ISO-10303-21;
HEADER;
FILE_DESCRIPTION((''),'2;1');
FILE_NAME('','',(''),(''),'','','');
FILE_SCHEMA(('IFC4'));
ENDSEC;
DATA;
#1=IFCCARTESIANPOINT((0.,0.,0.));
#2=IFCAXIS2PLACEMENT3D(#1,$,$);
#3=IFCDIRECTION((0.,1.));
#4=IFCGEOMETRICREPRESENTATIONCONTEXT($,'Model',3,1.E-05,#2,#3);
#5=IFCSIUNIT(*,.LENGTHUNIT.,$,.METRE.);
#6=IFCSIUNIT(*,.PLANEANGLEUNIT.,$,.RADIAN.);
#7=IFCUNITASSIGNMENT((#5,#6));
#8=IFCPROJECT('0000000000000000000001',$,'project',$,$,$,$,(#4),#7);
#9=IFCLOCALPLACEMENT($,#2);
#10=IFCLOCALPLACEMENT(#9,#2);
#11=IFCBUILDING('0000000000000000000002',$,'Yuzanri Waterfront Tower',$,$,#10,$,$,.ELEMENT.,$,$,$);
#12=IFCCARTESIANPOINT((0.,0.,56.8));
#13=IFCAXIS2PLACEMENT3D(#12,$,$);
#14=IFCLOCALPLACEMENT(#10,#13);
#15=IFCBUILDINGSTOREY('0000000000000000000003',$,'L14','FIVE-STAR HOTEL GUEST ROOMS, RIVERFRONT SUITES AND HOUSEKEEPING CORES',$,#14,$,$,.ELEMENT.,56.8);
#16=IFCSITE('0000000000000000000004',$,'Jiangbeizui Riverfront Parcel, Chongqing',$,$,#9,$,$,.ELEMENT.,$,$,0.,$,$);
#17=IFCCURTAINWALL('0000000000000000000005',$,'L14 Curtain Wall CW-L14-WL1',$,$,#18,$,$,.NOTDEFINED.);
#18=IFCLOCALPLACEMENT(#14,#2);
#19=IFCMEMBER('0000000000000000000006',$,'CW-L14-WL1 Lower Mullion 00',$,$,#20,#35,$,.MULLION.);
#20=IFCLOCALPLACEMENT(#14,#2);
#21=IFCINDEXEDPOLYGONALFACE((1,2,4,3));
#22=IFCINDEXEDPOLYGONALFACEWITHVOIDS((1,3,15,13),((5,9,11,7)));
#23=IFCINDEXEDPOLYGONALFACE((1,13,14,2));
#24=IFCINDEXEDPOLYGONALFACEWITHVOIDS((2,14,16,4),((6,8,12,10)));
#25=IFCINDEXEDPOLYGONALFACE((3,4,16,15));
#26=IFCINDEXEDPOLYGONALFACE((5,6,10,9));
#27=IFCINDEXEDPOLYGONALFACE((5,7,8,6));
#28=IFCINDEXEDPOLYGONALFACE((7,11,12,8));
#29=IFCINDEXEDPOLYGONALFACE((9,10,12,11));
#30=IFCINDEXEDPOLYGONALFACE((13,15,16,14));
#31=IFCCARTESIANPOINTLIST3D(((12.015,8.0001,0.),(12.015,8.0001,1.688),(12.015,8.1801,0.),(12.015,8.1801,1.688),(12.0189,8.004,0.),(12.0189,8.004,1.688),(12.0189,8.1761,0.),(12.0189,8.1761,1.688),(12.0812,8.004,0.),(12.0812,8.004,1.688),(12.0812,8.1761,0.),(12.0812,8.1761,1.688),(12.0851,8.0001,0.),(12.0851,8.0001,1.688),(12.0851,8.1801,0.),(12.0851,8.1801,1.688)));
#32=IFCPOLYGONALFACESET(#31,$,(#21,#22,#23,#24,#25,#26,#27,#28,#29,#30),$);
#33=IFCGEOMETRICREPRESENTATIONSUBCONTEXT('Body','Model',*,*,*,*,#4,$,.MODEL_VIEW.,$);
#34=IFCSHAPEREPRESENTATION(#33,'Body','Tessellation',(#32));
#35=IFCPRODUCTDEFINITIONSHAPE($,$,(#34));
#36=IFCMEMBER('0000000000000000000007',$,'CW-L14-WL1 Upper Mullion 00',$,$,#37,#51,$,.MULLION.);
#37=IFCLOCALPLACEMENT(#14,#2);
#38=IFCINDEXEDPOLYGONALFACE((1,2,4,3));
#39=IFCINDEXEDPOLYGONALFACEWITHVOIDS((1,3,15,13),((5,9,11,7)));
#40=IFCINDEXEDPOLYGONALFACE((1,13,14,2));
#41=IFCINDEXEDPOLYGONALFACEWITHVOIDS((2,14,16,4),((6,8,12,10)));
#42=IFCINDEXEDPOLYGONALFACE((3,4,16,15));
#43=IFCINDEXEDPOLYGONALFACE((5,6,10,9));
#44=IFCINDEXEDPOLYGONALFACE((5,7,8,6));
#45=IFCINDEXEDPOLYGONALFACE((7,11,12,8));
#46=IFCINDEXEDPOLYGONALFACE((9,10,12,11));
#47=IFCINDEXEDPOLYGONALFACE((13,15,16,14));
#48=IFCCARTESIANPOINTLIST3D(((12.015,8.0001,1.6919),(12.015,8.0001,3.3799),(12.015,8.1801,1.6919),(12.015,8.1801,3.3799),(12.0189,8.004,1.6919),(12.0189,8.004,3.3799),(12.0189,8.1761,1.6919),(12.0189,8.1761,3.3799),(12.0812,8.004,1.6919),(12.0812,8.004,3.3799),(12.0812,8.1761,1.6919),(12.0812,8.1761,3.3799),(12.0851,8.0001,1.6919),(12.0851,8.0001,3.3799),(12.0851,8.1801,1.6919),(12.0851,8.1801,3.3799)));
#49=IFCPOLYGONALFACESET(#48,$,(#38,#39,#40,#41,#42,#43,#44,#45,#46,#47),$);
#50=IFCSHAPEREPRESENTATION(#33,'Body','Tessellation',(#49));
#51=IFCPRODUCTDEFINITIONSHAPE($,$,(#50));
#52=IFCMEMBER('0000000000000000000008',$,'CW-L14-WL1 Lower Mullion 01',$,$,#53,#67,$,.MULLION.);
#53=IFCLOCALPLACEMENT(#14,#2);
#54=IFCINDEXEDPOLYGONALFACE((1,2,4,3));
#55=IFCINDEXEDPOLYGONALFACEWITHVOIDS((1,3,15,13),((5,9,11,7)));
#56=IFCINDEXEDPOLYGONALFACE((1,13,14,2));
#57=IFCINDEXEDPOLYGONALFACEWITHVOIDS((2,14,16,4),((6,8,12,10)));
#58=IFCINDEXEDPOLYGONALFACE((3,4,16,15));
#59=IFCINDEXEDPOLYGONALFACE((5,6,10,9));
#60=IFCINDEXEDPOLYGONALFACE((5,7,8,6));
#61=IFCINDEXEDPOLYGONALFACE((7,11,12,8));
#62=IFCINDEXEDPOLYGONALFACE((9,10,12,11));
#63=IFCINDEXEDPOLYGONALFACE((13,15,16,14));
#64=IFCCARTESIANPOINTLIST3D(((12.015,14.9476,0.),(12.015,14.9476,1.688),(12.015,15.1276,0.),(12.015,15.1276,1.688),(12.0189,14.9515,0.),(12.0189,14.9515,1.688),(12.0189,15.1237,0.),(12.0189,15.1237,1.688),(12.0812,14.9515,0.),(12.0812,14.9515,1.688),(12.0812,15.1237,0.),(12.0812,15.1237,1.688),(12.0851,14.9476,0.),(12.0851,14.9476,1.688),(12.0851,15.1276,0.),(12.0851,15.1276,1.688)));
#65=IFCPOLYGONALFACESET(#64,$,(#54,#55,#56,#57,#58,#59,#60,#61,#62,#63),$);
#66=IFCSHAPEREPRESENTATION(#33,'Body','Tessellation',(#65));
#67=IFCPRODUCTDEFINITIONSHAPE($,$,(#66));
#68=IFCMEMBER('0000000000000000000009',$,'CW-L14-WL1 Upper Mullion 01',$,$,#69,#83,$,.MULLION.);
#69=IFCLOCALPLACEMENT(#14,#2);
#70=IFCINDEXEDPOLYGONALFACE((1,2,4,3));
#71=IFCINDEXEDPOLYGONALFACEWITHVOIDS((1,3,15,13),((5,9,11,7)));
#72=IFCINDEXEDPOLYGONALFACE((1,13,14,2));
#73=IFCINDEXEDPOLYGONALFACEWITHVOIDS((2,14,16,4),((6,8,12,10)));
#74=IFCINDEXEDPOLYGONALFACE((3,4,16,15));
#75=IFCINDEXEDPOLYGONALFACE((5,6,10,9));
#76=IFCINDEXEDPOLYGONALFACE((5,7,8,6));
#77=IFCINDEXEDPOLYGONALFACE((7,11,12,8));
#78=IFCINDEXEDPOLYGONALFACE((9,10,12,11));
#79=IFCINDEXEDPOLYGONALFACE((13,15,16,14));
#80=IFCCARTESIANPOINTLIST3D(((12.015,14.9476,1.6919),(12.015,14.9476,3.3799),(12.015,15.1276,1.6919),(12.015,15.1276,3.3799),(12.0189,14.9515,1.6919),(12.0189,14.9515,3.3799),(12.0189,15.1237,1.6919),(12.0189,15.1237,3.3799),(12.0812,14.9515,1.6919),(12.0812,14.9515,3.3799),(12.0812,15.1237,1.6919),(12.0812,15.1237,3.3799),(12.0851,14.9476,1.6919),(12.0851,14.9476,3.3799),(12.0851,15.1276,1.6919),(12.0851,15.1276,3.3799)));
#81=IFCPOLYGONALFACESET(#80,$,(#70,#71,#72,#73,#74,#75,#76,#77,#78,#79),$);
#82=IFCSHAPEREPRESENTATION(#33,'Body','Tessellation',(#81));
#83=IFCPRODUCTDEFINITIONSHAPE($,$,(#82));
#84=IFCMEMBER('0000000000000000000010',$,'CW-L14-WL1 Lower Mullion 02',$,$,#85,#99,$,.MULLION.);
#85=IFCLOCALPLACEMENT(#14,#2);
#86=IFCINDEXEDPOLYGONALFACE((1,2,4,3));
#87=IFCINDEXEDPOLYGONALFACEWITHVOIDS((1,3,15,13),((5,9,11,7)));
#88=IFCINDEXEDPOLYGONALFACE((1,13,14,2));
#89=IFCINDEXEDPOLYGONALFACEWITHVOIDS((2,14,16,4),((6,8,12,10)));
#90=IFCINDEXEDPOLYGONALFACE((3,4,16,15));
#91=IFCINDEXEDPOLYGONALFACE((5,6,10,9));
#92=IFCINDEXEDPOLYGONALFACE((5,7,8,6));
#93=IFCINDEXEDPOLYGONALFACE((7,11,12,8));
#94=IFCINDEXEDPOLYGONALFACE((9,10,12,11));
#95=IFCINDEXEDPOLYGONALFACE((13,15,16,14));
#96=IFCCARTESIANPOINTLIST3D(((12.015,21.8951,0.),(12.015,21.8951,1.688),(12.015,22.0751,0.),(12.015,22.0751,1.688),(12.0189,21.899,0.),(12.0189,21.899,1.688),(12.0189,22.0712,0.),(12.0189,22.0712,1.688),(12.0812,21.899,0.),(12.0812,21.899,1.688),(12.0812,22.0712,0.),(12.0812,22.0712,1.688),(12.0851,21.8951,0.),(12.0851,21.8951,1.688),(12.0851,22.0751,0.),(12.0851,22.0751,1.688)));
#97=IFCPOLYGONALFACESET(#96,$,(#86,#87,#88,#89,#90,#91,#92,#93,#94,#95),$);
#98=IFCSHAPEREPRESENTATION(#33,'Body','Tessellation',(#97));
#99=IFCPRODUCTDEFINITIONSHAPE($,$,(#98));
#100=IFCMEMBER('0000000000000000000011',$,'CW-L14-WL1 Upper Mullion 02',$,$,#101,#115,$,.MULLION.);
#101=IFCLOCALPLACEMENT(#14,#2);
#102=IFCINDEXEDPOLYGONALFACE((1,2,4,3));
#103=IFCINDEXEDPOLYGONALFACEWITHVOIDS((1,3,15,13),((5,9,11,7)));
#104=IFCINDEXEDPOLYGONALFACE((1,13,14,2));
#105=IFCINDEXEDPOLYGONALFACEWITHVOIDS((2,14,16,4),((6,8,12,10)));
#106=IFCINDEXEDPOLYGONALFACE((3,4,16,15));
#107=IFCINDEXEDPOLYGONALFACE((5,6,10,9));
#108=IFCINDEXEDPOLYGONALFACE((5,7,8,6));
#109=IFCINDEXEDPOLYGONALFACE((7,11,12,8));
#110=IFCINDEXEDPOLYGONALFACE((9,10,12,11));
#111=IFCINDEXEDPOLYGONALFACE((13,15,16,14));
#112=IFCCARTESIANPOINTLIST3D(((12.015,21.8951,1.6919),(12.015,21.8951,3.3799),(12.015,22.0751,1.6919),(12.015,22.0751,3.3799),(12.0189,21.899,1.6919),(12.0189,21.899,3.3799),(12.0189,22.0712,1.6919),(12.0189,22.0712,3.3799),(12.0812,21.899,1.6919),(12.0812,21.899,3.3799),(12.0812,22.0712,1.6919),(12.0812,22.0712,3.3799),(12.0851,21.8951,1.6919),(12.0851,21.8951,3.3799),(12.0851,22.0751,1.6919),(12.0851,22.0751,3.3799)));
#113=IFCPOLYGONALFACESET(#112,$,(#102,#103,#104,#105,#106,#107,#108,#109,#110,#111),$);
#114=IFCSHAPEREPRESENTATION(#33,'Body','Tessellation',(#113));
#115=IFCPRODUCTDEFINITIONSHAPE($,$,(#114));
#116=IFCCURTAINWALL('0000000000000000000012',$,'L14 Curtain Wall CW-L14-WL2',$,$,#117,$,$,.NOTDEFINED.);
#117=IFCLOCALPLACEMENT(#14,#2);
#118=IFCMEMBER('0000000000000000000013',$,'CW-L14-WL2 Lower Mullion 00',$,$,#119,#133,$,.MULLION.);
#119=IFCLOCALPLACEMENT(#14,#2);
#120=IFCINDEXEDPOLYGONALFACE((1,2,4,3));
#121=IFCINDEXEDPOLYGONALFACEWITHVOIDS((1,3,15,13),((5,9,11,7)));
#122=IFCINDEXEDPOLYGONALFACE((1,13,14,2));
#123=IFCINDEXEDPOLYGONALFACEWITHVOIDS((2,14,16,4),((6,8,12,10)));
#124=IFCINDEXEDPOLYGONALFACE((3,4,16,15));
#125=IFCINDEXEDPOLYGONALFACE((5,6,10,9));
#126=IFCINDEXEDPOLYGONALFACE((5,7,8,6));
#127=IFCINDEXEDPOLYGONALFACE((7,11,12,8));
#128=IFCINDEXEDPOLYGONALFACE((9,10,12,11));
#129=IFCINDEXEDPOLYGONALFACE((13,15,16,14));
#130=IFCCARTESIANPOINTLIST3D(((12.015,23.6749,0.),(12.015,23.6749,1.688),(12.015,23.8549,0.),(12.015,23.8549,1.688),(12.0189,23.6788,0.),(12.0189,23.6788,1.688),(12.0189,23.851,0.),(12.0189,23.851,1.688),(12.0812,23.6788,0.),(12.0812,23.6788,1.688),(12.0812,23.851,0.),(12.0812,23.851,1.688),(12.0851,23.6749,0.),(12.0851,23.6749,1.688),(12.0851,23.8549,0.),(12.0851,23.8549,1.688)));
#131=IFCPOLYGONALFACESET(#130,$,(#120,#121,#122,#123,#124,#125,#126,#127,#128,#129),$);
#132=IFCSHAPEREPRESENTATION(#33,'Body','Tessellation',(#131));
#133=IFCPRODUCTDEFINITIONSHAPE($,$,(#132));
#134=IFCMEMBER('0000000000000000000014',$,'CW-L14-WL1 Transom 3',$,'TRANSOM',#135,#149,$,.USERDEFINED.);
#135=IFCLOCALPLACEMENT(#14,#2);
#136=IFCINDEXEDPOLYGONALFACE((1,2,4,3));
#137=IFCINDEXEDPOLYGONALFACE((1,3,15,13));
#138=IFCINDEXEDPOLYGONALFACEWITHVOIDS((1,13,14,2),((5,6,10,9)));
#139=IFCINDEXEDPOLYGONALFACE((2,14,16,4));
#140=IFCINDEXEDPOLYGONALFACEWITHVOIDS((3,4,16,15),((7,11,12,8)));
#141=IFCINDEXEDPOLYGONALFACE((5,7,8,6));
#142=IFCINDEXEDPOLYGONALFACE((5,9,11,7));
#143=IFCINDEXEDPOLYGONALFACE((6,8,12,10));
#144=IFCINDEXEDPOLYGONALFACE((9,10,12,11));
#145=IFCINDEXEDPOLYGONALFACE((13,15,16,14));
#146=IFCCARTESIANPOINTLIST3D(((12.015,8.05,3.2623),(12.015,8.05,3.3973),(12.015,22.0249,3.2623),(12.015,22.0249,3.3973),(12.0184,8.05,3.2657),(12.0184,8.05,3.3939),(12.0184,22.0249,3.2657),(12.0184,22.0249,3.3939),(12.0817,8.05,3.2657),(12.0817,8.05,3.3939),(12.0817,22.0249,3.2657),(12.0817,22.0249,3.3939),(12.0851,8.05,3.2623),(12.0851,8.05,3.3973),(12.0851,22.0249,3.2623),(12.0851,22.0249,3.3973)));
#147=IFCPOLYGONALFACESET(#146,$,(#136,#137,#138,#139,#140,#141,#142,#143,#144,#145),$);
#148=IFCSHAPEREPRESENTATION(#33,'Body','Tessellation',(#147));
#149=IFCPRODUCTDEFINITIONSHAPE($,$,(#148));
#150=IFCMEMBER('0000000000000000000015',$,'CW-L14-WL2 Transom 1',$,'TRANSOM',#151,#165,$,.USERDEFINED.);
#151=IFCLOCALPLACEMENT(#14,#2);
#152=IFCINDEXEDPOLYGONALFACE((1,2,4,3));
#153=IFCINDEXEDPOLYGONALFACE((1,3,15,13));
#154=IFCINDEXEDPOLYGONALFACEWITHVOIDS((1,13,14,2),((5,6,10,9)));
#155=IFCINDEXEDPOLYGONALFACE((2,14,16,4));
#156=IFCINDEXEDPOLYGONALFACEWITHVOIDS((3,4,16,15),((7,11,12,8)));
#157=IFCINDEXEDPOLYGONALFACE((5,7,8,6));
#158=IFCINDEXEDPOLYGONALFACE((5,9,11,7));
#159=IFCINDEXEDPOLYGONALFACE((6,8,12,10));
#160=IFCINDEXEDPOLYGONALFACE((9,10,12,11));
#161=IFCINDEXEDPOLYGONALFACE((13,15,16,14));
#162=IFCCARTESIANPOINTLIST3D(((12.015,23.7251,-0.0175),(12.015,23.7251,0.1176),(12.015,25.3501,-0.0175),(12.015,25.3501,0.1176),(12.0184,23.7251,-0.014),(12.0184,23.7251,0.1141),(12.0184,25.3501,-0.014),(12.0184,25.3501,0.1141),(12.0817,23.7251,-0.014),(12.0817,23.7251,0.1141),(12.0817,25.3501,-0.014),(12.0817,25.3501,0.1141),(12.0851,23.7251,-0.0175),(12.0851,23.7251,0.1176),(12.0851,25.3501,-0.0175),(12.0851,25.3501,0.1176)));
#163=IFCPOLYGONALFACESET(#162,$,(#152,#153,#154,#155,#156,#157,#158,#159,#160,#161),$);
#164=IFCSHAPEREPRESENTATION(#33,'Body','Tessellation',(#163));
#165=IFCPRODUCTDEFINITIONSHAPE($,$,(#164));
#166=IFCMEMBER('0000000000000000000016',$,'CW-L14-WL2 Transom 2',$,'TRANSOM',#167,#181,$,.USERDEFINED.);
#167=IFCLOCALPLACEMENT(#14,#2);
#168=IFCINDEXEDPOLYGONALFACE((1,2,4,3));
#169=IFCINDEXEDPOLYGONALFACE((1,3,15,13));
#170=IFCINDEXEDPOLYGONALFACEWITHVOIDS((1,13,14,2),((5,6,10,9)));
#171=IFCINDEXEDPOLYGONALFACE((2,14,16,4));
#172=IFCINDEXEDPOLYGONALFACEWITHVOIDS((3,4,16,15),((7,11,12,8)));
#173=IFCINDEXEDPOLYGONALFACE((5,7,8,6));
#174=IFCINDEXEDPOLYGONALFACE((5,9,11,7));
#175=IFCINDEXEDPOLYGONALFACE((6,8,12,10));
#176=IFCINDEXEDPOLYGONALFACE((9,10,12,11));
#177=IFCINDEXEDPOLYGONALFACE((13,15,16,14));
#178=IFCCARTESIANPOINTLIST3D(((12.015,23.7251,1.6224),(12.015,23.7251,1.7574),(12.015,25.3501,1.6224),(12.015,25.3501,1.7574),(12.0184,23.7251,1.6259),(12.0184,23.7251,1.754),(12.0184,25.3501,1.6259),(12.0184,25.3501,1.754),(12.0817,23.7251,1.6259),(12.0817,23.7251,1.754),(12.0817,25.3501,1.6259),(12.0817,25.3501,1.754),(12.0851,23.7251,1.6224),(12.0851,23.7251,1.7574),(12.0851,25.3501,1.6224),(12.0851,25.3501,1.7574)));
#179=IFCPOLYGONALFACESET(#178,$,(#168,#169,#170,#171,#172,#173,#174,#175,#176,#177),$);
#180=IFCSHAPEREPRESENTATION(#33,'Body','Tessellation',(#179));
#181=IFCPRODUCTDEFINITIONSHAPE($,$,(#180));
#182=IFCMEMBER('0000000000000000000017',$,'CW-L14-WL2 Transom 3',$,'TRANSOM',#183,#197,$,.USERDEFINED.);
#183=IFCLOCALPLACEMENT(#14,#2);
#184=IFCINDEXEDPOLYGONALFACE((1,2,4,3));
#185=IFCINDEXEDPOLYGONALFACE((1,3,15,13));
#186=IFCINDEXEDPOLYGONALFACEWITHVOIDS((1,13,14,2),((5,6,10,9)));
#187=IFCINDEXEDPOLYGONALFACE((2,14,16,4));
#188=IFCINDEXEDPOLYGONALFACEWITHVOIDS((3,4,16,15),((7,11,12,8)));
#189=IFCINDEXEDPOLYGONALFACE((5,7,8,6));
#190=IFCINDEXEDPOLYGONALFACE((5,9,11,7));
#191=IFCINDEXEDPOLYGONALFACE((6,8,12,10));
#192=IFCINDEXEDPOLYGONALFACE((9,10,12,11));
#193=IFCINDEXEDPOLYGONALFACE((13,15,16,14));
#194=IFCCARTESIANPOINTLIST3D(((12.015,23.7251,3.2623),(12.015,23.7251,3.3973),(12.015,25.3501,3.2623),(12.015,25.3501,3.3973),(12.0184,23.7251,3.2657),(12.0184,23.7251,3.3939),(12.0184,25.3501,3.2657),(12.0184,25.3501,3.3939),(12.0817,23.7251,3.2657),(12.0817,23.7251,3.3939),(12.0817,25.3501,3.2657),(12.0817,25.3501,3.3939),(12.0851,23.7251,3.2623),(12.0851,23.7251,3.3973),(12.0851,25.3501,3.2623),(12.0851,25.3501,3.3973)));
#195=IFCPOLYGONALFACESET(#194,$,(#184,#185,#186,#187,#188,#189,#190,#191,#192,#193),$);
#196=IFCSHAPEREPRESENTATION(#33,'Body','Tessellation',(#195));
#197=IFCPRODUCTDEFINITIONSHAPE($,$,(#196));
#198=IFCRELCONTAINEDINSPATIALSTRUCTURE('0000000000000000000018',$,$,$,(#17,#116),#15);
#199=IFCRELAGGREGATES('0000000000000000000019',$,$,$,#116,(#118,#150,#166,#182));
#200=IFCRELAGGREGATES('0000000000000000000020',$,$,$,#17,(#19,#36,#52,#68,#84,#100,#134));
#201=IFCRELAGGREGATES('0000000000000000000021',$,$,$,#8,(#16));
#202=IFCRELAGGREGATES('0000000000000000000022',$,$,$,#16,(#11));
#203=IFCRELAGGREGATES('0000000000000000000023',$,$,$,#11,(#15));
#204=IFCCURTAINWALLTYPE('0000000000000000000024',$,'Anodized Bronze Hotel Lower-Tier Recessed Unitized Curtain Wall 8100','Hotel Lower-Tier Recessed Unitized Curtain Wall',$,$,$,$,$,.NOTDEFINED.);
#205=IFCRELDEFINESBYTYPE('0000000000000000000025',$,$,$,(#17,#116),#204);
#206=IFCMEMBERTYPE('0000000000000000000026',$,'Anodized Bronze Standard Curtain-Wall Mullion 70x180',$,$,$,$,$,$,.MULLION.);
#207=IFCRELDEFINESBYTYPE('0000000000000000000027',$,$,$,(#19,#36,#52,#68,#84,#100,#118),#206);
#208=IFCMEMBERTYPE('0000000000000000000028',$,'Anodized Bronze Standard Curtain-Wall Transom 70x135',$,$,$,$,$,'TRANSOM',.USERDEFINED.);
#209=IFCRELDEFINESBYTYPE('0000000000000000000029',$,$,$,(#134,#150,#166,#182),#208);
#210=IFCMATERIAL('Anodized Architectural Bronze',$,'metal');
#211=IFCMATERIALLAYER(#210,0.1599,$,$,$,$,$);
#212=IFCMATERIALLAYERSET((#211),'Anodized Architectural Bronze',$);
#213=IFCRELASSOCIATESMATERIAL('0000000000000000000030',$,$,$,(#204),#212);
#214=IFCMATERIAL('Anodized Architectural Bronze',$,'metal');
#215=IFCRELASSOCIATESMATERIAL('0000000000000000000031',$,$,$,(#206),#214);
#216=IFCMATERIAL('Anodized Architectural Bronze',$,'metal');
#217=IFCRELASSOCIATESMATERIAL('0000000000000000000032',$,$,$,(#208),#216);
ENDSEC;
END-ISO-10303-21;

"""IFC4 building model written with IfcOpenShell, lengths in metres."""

from ifc_helpers import new_model, si_unit, direction, frame, origin, origin_2d, place, context, subcontext, project, spatial, hollow_rectangle, extrude, source, transform, mapped, material, layer, layer_set, material_profile, profile_set, type_object, element, aggregate, save


model = new_model("IFC4")

# Units and contexts
model_context = context("Model", 3, precision=1e-05, world=origin(), true_north=direction((0.0, 1.0)))
body_context = subcontext(model_context, "Body", "Model", "MODEL_VIEW")
ifc_project = project(units=[si_unit("LENGTHUNIT", "METRE"), si_unit("PLANEANGLEUNIT", "RADIAN")], contexts=[model_context])

# Site, building, storey
site_placement = place(None, origin())
site = spatial("IfcSite", under=ifc_project, at=site_placement, Name="Jiangbeizui Riverfront Parcel, Chongqing", CompositionType="ELEMENT", RefElevation=0.0)
building_placement = place(site_placement, origin())
building = spatial("IfcBuilding", under=site, at=building_placement, Name="Yuzanri Waterfront Tower", CompositionType="ELEMENT")
storey_placement = place(building_placement, frame((0.0, 0.0, 56.8)))
storey = spatial("IfcBuildingStorey", under=building, at=storey_placement, Name="L14", Description="FIVE-STAR HOTEL GUEST ROOMS, RIVERFRONT SUITES AND HOUSEKEEPING CORES", CompositionType="ELEMENT", Elevation=56.8)

# Curtain wall, members
ifc_material_1 = material(Name="Anodized Architectural Bronze", Category="metal")
ifc_layer_1 = layer(ifc_material_1, 0.1599)
ifc_layer_set_1 = layer_set([ifc_layer_1], Name="Anodized Architectural Bronze")
curtain_wall_type = type_object("IfcCurtainWallType", Name="Anodized Bronze Hotel Lower-Tier Recessed Unitized Curtain Wall 8100", Description="Hotel Lower-Tier Recessed Unitized Curtain Wall", PredefinedType="NOTDEFINED", material=ifc_layer_set_1)
curtain_wall_1_placement = place(storey_placement, origin())
curtain_wall_1 = element("IfcCurtainWall", 1, at=curtain_wall_1_placement, inside=storey, type_object=curtain_wall_type, Name="L14 Curtain Wall CW-L14-WL1", PredefinedType="NOTDEFINED")
ifc_material_2 = material(Name="Anodized Architectural Bronze", Category="metal")
ifc_material_profile_1 = material_profile(ifc_material_2, hollow_rectangle(XDim=0.0701, YDim=0.1799, WallThickness=0.0039, at=origin_2d()), Name="CWM 70x180")
ifc_profile_set_1 = profile_set([ifc_material_profile_1], Name="Anodized Architectural Bronze")
member_type_1 = type_object("IfcMemberType", Name="Anodized Bronze Standard Curtain-Wall Mullion 70x180", PredefinedType="MULLION", material=ifc_profile_set_1)
shared_shape_1 = source(origin(), body_context, "Body", "SweptSolid", [
    extrude(hollow_rectangle(XDim=0.0701, YDim=0.1799, WallThickness=0.0039, at=origin_2d()), origin(), (0.0, 0.0, 1.0), 1.688),
])
member_1_placement = place(storey_placement, frame((12.05, 8.0901, 0.0), z_axis=(0.0, 0.0, 1.0), x_axis=(1.0, 0.0, 0.0)))
member_1 = element("IfcMember", 2, at=member_1_placement, type_object=member_type_1, Name="CW-L14-WL1 Lower Mullion 00", PredefinedType="MULLION", context=body_context, shape_type="MappedRepresentation", body=[
    mapped(shared_shape_1, transform((0.0, 0.0, 0.0), scale=1.0)),
])
member_2_placement = place(storey_placement, frame((12.05, 8.0901, 1.6919), z_axis=(0.0, 0.0, 1.0), x_axis=(1.0, 0.0, 0.0)))
member_2 = element("IfcMember", 3, at=member_2_placement, type_object=member_type_1, Name="CW-L14-WL1 Upper Mullion 00", PredefinedType="MULLION", context=body_context, shape_type="MappedRepresentation", body=[
    mapped(shared_shape_1, transform((0.0, 0.0, 0.0), scale=1.0)),
])
member_3_placement = place(storey_placement, frame((12.05, 15.0376, 0.0), z_axis=(0.0, 0.0, 1.0), x_axis=(1.0, 0.0, 0.0)))
member_3 = element("IfcMember", 4, at=member_3_placement, type_object=member_type_1, Name="CW-L14-WL1 Lower Mullion 01", PredefinedType="MULLION", context=body_context, shape_type="MappedRepresentation", body=[
    mapped(shared_shape_1, transform((0.0, 0.0, 0.0), scale=1.0)),
])
member_4_placement = place(storey_placement, frame((12.05, 15.0376, 1.6919), z_axis=(0.0, 0.0, 1.0), x_axis=(1.0, 0.0, 0.0)))
member_4 = element("IfcMember", 5, at=member_4_placement, type_object=member_type_1, Name="CW-L14-WL1 Upper Mullion 01", PredefinedType="MULLION", context=body_context, shape_type="MappedRepresentation", body=[
    mapped(shared_shape_1, transform((0.0, 0.0, 0.0), scale=1.0)),
])
member_5_placement = place(storey_placement, frame((12.05, 21.9851, 0.0), z_axis=(0.0, 0.0, 1.0), x_axis=(1.0, 0.0, 0.0)))
member_5 = element("IfcMember", 6, at=member_5_placement, type_object=member_type_1, Name="CW-L14-WL1 Lower Mullion 02", PredefinedType="MULLION", context=body_context, shape_type="MappedRepresentation", body=[
    mapped(shared_shape_1, transform((0.0, 0.0, 0.0), scale=1.0)),
])
member_6_placement = place(storey_placement, frame((12.05, 21.9851, 1.6919), z_axis=(0.0, 0.0, 1.0), x_axis=(1.0, 0.0, 0.0)))
member_6 = element("IfcMember", 7, at=member_6_placement, type_object=member_type_1, Name="CW-L14-WL1 Upper Mullion 02", PredefinedType="MULLION", context=body_context, shape_type="MappedRepresentation", body=[
    mapped(shared_shape_1, transform((0.0, 0.0, 0.0), scale=1.0)),
])

# Curtain wall, member
curtain_wall_2_placement = place(storey_placement, origin())
curtain_wall_2 = element("IfcCurtainWall", 8, at=curtain_wall_2_placement, inside=storey, type_object=curtain_wall_type, Name="L14 Curtain Wall CW-L14-WL2", PredefinedType="NOTDEFINED")
member_7_placement = place(storey_placement, frame((12.05, 23.7649, 0.0), z_axis=(0.0, 0.0, 1.0), x_axis=(1.0, 0.0, 0.0)))
member_7 = element("IfcMember", 9, at=member_7_placement, type_object=member_type_1, Name="CW-L14-WL2 Lower Mullion 00", PredefinedType="MULLION", context=body_context, shape_type="MappedRepresentation", body=[
    mapped(shared_shape_1, transform((0.0, 0.0, 0.0), scale=1.0)),
])

# Members
ifc_material_3 = material(Name="Anodized Architectural Bronze", Category="metal")
ifc_material_profile_2 = material_profile(ifc_material_3, hollow_rectangle(XDim=0.0701, YDim=0.135, WallThickness=0.0034, at=origin_2d()), Name="CWT 70x135")
ifc_profile_set_2 = profile_set([ifc_material_profile_2], Name="Anodized Architectural Bronze")
member_type_2 = type_object("IfcMemberType", Name="Anodized Bronze Standard Curtain-Wall Transom 70x135", ElementType="TRANSOM", PredefinedType="USERDEFINED", material=ifc_profile_set_2)
shared_shape_2 = source(origin(), body_context, "Body", "SweptSolid", [
    extrude(hollow_rectangle(XDim=0.0701, YDim=0.135, WallThickness=0.0034, at=origin_2d()), origin(), (0.0, 0.0, 1.0), 13.9749),
])
member_8_placement = place(storey_placement, frame((12.05, 8.05, 3.3298), z_axis=(0.0, 1.0, 0.0), x_axis=(-1.0, 0.0, 0.0)))
member_8 = element("IfcMember", 10, at=member_8_placement, type_object=member_type_2, Name="CW-L14-WL1 Transom 3", ObjectType="TRANSOM", PredefinedType="USERDEFINED", context=body_context, shape_type="MappedRepresentation", body=[
    mapped(shared_shape_2, transform((0.0, 0.0, 0.0), scale=1.0)),
])
shared_shape_3 = source(origin(), body_context, "Body", "SweptSolid", [
    extrude(hollow_rectangle(XDim=0.0701, YDim=0.135, WallThickness=0.0034, at=origin_2d()), origin(), (0.0, 0.0, 1.0), 1.625),
])
member_9_placement = place(storey_placement, frame((12.05, 23.7251, 0.05), z_axis=(0.0, 1.0, 0.0), x_axis=(-1.0, 0.0, 0.0)))
member_9 = element("IfcMember", 11, at=member_9_placement, type_object=member_type_2, Name="CW-L14-WL2 Transom 1", ObjectType="TRANSOM", PredefinedType="USERDEFINED", context=body_context, shape_type="MappedRepresentation", body=[
    mapped(shared_shape_3, transform((0.0, 0.0, 0.0), scale=1.0)),
])
member_10_placement = place(storey_placement, frame((12.05, 23.7251, 1.6899), z_axis=(0.0, 1.0, 0.0), x_axis=(-1.0, 0.0, 0.0)))
member_10 = element("IfcMember", 12, at=member_10_placement, type_object=member_type_2, Name="CW-L14-WL2 Transom 2", ObjectType="TRANSOM", PredefinedType="USERDEFINED", context=body_context, shape_type="MappedRepresentation", body=[
    mapped(shared_shape_3, transform((0.0, 0.0, 0.0), scale=1.0)),
])
member_11_placement = place(storey_placement, frame((12.05, 23.7251, 3.3298), z_axis=(0.0, 1.0, 0.0), x_axis=(-1.0, 0.0, 0.0)))
member_11 = element("IfcMember", 13, at=member_11_placement, type_object=member_type_2, Name="CW-L14-WL2 Transom 3", ObjectType="TRANSOM", PredefinedType="USERDEFINED", context=body_context, shape_type="MappedRepresentation", body=[
    mapped(shared_shape_3, transform((0.0, 0.0, 0.0), scale=1.0)),
])
aggregate(curtain_wall_2, [member_7, member_9, member_10, member_11])

aggregate(curtain_wall_1, [member_1, member_2, member_3, member_4, member_5, member_6, member_8])

save(model, "model.ifc")
